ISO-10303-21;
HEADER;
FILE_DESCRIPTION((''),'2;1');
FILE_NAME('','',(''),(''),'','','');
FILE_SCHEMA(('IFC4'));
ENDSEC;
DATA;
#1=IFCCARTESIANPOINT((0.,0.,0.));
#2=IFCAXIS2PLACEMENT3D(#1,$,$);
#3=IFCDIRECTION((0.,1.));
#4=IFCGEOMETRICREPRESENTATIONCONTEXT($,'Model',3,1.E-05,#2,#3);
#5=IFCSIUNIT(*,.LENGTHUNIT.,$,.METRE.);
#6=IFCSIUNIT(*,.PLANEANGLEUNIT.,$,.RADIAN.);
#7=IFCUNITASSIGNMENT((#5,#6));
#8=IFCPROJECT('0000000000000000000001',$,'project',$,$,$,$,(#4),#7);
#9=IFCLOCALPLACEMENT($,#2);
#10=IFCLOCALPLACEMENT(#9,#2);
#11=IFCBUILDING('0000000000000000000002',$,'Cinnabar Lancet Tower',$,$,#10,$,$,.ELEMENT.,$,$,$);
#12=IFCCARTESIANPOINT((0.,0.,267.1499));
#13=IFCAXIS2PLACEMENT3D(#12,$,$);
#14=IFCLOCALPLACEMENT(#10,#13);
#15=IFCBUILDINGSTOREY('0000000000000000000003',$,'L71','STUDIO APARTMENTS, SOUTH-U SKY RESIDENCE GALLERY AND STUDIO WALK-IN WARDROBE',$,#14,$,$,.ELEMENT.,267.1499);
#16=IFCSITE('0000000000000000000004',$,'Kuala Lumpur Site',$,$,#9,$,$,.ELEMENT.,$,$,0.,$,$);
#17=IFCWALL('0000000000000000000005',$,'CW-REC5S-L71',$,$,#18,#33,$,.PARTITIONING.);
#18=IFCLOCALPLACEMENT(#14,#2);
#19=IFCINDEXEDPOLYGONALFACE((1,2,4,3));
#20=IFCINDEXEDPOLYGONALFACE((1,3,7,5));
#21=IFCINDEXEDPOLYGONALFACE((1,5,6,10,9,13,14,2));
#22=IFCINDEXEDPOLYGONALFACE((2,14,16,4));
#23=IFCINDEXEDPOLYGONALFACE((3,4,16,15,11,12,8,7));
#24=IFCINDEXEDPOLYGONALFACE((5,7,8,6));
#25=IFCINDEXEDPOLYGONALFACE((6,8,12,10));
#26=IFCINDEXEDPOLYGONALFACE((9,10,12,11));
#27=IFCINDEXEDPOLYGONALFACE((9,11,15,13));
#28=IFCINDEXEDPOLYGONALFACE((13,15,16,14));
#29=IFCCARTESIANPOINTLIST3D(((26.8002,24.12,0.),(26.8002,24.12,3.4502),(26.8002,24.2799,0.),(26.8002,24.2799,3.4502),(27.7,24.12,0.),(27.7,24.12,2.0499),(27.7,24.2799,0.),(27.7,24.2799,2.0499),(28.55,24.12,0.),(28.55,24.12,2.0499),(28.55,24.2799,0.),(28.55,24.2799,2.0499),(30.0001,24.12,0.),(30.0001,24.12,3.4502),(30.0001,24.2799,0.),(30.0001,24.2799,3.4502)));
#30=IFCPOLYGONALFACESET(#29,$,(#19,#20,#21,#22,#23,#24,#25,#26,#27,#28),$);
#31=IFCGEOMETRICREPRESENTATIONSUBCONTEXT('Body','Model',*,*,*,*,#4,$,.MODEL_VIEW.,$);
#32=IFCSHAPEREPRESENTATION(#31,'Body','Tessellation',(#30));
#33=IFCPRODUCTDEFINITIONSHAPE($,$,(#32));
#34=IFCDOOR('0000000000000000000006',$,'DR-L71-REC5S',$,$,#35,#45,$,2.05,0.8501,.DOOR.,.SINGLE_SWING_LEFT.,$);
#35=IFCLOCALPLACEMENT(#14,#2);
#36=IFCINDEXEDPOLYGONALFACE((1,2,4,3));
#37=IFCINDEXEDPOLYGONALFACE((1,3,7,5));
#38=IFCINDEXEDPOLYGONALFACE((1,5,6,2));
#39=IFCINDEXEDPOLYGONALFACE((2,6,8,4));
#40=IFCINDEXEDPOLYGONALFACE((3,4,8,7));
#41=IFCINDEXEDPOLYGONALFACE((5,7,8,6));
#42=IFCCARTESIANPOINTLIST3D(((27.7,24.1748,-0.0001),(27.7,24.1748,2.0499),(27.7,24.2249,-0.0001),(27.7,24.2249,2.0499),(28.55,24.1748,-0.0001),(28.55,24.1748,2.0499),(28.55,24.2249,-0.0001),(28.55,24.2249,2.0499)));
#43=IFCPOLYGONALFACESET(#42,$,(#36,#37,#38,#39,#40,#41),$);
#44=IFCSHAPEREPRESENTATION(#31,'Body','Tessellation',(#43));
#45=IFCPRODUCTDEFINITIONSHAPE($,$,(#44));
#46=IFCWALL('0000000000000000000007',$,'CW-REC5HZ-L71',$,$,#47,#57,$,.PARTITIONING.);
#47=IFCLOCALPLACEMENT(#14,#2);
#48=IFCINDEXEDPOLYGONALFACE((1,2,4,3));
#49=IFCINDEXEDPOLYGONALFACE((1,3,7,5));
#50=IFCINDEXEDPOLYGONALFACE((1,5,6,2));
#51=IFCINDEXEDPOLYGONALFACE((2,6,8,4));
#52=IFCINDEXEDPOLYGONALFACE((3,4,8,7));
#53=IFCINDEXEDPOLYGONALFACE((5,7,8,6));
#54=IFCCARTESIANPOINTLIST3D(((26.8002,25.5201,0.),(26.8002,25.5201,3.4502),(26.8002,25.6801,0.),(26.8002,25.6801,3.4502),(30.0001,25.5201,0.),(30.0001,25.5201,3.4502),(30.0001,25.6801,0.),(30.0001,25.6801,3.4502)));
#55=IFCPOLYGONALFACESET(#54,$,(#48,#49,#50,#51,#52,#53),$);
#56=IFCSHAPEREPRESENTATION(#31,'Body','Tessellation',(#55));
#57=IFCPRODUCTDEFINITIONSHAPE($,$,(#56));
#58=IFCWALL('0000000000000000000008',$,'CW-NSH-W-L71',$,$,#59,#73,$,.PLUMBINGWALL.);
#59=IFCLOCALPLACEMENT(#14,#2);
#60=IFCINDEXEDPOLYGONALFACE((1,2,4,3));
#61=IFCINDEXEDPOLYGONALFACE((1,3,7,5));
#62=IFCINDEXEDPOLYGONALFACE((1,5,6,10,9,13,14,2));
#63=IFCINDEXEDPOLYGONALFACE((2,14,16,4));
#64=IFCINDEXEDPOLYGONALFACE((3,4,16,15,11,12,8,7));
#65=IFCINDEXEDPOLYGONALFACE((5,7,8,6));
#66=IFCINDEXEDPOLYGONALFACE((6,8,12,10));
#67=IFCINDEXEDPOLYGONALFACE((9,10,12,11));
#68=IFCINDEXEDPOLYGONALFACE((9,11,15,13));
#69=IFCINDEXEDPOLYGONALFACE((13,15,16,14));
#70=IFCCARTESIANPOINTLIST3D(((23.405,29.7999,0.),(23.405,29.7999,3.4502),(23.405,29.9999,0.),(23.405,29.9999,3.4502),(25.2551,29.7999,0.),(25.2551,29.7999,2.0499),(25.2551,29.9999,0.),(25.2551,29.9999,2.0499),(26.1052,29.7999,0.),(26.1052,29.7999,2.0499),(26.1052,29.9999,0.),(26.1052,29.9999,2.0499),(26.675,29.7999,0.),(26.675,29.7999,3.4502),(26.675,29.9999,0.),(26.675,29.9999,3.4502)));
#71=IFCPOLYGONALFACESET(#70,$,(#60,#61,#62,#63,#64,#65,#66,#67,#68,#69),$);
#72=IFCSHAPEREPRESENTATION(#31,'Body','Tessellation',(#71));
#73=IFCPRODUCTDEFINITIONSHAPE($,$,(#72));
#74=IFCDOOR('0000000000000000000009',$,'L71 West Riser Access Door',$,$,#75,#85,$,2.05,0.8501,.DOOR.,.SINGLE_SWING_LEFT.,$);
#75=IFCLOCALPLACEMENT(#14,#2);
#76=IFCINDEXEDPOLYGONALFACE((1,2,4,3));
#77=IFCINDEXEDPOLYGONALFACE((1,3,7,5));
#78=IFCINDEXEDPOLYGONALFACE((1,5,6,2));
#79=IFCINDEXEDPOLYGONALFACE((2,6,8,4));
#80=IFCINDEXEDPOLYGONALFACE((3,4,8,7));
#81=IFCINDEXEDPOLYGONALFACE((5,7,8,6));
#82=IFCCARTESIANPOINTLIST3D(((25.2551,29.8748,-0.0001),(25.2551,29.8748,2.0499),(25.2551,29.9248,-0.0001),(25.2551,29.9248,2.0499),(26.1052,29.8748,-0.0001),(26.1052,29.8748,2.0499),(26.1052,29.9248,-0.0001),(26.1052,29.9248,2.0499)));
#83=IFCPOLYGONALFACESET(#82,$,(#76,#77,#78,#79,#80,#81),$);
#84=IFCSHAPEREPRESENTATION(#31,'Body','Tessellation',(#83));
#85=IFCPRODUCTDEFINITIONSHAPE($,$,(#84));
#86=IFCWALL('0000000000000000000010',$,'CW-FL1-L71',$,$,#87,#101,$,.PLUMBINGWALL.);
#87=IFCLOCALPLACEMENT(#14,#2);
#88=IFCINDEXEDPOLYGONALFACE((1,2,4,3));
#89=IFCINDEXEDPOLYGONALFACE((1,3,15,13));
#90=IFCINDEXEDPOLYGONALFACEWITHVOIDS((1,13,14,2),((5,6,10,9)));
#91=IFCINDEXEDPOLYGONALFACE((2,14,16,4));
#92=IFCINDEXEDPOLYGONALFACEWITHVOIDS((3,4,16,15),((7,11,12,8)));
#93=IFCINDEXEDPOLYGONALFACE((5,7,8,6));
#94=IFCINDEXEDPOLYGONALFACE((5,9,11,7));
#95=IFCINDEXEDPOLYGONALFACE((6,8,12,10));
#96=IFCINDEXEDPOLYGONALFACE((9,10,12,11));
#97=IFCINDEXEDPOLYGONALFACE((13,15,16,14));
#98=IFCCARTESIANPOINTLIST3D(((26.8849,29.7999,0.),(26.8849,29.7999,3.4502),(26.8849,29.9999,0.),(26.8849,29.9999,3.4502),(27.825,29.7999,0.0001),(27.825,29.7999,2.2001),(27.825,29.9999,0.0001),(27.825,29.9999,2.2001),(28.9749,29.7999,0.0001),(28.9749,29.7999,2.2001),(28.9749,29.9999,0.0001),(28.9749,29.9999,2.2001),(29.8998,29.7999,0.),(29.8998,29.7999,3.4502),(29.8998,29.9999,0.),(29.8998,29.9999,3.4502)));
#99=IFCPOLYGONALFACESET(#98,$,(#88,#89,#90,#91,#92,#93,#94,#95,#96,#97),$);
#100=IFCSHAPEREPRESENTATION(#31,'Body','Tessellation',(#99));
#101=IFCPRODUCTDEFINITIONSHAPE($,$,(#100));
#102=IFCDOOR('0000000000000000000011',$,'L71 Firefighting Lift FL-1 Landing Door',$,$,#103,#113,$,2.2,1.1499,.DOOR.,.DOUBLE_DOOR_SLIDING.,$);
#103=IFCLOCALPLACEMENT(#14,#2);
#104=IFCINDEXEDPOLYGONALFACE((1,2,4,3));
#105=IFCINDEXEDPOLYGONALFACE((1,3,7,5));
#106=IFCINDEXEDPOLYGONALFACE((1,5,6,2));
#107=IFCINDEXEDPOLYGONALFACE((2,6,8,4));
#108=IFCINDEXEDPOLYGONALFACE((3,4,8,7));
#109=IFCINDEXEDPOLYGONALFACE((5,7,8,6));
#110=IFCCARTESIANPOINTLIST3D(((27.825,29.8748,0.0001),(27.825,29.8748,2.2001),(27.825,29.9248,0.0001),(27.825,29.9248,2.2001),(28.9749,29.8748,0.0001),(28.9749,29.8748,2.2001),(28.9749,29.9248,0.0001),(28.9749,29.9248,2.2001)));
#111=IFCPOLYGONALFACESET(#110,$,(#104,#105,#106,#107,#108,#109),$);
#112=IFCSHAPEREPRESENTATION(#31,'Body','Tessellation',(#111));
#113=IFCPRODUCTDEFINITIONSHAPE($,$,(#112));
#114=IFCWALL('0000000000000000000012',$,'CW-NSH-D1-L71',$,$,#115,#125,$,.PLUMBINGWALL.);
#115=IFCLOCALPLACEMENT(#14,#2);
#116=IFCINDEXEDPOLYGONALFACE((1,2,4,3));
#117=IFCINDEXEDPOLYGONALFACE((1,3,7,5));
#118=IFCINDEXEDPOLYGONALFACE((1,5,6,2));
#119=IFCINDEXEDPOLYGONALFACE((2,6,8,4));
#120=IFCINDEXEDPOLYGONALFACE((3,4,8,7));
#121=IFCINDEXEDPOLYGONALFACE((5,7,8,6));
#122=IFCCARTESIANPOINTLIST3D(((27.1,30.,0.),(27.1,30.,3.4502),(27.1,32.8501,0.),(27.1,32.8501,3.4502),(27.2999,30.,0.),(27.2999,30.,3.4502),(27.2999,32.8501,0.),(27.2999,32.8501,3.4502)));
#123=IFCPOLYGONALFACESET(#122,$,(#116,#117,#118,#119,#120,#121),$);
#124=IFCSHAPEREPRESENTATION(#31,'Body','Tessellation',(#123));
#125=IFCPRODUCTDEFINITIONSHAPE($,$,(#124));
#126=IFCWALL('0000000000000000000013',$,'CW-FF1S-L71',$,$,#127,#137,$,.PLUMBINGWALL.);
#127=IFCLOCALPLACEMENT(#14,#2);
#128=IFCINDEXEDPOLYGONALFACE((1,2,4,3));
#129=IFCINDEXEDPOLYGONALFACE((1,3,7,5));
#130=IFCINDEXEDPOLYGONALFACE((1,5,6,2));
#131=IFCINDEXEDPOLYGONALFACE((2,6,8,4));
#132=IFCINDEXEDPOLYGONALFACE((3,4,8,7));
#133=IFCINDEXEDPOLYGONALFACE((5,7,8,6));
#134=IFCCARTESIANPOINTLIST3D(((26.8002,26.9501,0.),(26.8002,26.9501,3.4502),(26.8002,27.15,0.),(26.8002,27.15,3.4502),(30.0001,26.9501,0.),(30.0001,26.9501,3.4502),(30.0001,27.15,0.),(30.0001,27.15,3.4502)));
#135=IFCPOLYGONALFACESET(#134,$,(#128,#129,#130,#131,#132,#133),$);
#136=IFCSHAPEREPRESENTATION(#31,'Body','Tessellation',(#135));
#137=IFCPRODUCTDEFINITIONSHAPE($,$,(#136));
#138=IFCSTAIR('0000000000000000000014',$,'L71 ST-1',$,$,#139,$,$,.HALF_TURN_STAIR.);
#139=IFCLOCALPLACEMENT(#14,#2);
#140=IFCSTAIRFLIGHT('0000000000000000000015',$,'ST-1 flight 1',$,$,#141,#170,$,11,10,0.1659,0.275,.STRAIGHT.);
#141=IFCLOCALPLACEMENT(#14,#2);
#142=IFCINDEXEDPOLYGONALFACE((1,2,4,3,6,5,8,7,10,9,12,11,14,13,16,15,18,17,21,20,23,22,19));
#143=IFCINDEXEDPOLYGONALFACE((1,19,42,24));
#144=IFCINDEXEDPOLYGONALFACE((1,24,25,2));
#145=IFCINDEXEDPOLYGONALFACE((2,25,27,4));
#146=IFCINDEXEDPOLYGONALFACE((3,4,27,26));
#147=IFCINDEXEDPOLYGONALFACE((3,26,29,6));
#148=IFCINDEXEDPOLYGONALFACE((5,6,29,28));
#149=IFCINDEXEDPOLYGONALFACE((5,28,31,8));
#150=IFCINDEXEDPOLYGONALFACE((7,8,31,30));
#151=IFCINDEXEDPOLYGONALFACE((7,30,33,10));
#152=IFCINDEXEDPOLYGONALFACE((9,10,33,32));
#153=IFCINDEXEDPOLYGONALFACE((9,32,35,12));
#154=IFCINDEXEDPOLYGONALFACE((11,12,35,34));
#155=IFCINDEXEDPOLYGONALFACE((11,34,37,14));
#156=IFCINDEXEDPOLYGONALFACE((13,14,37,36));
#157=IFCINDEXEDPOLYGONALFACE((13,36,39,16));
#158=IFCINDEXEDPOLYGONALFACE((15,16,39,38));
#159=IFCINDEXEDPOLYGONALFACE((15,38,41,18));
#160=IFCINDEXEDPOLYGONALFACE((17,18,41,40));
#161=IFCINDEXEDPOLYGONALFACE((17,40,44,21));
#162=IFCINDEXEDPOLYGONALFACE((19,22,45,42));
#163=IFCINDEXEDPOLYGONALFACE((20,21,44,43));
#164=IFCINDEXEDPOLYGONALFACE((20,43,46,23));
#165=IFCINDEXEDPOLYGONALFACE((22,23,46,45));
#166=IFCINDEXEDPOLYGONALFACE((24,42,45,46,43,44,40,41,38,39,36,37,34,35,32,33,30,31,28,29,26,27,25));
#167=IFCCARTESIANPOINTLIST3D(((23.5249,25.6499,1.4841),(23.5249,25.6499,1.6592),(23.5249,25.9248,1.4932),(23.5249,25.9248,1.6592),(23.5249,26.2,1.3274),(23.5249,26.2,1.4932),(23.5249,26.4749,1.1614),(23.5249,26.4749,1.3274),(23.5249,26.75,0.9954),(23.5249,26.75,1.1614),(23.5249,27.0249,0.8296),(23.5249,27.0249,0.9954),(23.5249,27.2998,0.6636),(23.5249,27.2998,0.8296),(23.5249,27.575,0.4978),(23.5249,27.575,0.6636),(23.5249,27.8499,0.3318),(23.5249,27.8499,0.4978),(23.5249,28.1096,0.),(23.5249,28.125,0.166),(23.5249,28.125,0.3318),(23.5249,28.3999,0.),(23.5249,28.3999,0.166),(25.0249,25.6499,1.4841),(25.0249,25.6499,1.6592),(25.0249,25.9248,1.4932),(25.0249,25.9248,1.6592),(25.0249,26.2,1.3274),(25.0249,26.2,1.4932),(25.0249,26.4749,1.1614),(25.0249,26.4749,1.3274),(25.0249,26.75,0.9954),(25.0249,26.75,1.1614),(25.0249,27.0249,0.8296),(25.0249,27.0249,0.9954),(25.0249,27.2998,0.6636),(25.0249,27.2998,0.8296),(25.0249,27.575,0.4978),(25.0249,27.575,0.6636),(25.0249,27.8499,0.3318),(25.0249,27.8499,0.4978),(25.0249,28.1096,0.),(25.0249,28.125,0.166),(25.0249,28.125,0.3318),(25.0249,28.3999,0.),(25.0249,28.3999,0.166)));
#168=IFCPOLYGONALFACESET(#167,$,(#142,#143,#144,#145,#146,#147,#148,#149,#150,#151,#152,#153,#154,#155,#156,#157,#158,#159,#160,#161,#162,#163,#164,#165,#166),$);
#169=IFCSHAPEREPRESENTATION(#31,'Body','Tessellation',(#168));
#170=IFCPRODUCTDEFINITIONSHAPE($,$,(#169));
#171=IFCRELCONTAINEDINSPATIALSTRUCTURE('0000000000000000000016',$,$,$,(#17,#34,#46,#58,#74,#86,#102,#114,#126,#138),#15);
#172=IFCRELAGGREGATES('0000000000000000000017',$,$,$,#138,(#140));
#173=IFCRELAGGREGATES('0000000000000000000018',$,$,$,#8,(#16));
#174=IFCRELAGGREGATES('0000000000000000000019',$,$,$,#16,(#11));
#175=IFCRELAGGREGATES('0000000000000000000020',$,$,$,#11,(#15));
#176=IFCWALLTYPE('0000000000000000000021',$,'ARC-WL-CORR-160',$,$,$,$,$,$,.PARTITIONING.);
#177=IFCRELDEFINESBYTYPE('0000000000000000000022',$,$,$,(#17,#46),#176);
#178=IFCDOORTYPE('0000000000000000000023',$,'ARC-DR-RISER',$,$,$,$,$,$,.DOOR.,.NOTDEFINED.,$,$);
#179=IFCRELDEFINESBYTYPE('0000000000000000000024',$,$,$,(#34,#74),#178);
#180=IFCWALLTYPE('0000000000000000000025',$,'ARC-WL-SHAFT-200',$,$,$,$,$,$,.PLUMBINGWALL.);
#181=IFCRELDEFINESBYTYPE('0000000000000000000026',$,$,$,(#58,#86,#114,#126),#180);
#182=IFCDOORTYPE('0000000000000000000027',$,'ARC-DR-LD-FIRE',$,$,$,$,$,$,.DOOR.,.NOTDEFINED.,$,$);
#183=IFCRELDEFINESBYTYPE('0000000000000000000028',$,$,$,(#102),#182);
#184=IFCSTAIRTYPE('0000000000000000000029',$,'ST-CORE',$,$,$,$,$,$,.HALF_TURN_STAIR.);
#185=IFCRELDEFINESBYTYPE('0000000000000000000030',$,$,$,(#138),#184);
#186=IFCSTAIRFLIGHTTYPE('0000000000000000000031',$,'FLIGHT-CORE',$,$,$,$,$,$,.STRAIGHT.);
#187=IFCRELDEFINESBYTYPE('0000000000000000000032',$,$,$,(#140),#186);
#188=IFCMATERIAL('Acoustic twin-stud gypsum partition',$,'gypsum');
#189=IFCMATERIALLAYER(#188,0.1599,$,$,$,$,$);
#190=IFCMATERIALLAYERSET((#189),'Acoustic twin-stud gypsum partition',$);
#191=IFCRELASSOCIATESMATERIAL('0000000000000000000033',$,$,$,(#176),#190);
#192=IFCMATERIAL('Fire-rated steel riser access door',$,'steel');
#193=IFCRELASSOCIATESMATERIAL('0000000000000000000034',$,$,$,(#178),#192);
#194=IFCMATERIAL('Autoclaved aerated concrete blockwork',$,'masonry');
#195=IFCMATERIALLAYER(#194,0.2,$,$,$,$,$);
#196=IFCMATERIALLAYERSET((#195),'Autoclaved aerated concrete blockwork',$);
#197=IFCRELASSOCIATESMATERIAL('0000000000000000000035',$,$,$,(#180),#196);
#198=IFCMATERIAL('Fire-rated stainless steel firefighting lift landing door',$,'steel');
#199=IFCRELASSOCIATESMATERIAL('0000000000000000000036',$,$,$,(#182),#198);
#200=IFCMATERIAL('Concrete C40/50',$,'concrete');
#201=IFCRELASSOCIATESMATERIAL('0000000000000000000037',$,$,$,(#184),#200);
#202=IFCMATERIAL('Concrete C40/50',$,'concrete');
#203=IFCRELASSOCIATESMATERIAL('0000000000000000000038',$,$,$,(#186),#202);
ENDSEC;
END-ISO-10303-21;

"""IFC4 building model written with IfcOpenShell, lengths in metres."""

from ifc_helpers import new_model, si_unit, direction, frame, frame_2d, origin, place, context, subcontext, project, spatial, polyline, rectangle, outline, extrude, material, layer, layer_set, type_object, element, fill, aggregate, save


model = new_model("IFC4")

# Units and contexts
model_context = context("Model", 3, precision=1e-05, world=origin(), true_north=direction((0.0, 1.0)))
body_context = subcontext(model_context, "Body", "Model", "MODEL_VIEW")
ifc_project = project(units=[si_unit("LENGTHUNIT", "METRE"), si_unit("PLANEANGLEUNIT", "RADIAN")], contexts=[model_context])

# Site, building, storey
site_placement = place(None, origin())
site = spatial("IfcSite", under=ifc_project, at=site_placement, Name="Kuala Lumpur Site", CompositionType="ELEMENT", RefElevation=0.0)
building_placement = place(site_placement, origin())
building = spatial("IfcBuilding", under=site, at=building_placement, Name="Cinnabar Lancet Tower", CompositionType="ELEMENT")
storey_placement = place(building_placement, frame((0.0, 0.0, 267.1499)))
storey = spatial("IfcBuildingStorey", under=building, at=storey_placement, Name="L71", Description="STUDIO APARTMENTS, SOUTH-U SKY RESIDENCE GALLERY AND STUDIO WALK-IN WARDROBE", CompositionType="ELEMENT", Elevation=267.1499)

# Wall, opening, door
ifc_material_1 = material(Name="Acoustic twin-stud gypsum partition", Category="gypsum")
ifc_layer_1 = layer(ifc_material_1, 0.1599)
ifc_layer_set_1 = layer_set([ifc_layer_1], Name="Acoustic twin-stud gypsum partition")
wall_type_1 = type_object("IfcWallType", Name="ARC-WL-CORR-160", PredefinedType="PARTITIONING", material=ifc_layer_set_1)
wall_1_placement = place(storey_placement, frame((26.8, 24.2, 0.0), z_axis=(0.0, 0.0, 1.0), x_axis=(1.0, 0.0, 0.0)))
wall_1 = element("IfcWall", 1, at=wall_1_placement, inside=storey, type_object=wall_type_1, Name="CW-REC5S-L71", PredefinedType="PARTITIONING", context=body_context, shape_type="SweptSolid", body=[
    extrude(rectangle(XDim=3.2, YDim=0.1599, at=frame_2d((1.6001, 0.0))), origin(), (0.0, 0.0, 1.0), 3.4502),
])
opening_1_placement = place(wall_1_placement, frame((0.8999, 0.0, 0.0)))
opening_1 = element("IfcOpeningElement", 2, at=opening_1_placement, cuts=wall_1, PredefinedType="OPENING", context=body_context, shape_type="SweptSolid", body=[
    extrude(rectangle(XDim=0.8501, YDim=2.05, at=frame_2d((0.425, 1.0249))), frame((0.0, 0.0898, 0.0), z_axis=(0.0, -1.0, 0.0), x_axis=(1.0, 0.0, 0.0)), (0.0, 0.0, 1.0), 0.1799),
])
ifc_material_2 = material(Name="Fire-rated steel riser access door", Category="steel")
door_type_1 = type_object("IfcDoorType", Name="ARC-DR-RISER", OperationType="NOTDEFINED", PredefinedType="DOOR", material=ifc_material_2)
door_1_placement = place(opening_1_placement, origin())
door_1 = element("IfcDoor", 3, at=door_1_placement, inside=storey, type_object=door_type_1, Name="DR-L71-REC5S", OperationType="SINGLE_SWING_LEFT", OverallHeight=2.05, OverallWidth=0.8501, PredefinedType="DOOR", context=body_context, shape_type="SweptSolid", body=[
    extrude(rectangle(XDim=0.8501, YDim=2.05, at=frame_2d((0.425, 1.0249))), frame((0.0, 0.0249, 0.0), z_axis=(0.0, -1.0, 0.0), x_axis=(1.0, 0.0, 0.0)), (0.0, 0.0, 1.0), 0.05),
])
fill(opening_1, door_1)

# Wall
wall_2_placement = place(storey_placement, frame((26.8, 25.6001, 0.0), z_axis=(0.0, 0.0, 1.0), x_axis=(1.0, 0.0, 0.0)))
element("IfcWall", 4, at=wall_2_placement, inside=storey, type_object=wall_type_1, Name="CW-REC5HZ-L71", PredefinedType="PARTITIONING", context=body_context, shape_type="SweptSolid", body=[
    extrude(rectangle(XDim=3.2, YDim=0.1599, at=frame_2d((1.6001, 0.0))), origin(), (0.0, 0.0, 1.0), 3.4502),
])

# Walls, openings, doors
ifc_material_3 = material(Name="Autoclaved aerated concrete blockwork", Category="masonry")
ifc_layer_2 = layer(ifc_material_3, 0.2)
ifc_layer_set_2 = layer_set([ifc_layer_2], Name="Autoclaved aerated concrete blockwork")
wall_type_2 = type_object("IfcWallType", Name="ARC-WL-SHAFT-200", PredefinedType="PLUMBINGWALL", material=ifc_layer_set_2)
wall_3_placement = place(storey_placement, frame((23.405, 29.8999, 0.0), z_axis=(0.0, 0.0, 1.0), x_axis=(1.0, 0.0, 0.0)))
wall_3 = element("IfcWall", 5, at=wall_3_placement, inside=storey, type_object=wall_type_2, Name="CW-NSH-W-L71", PredefinedType="PLUMBINGWALL", context=body_context, shape_type="SweptSolid", body=[
    extrude(rectangle(XDim=3.27, YDim=0.2, at=frame_2d((1.635, 0.0))), origin(), (0.0, 0.0, 1.0), 3.4502),
])
opening_2_placement = place(wall_3_placement, frame((1.8501, 0.0, 0.0)))
opening_2 = element("IfcOpeningElement", 6, at=opening_2_placement, cuts=wall_3, PredefinedType="OPENING", context=body_context, shape_type="SweptSolid", body=[
    extrude(rectangle(XDim=0.8501, YDim=2.05, at=frame_2d((0.425, 1.0249))), frame((0.0, 0.1099, 0.0), z_axis=(0.0, -1.0, 0.0), x_axis=(1.0, 0.0, 0.0)), (0.0, 0.0, 1.0), 0.22),
])
door_2_placement = place(opening_2_placement, origin())
door_2 = element("IfcDoor", 7, at=door_2_placement, inside=storey, type_object=door_type_1, Name="L71 West Riser Access Door", OperationType="SINGLE_SWING_LEFT", OverallHeight=2.05, OverallWidth=0.8501, PredefinedType="DOOR", context=body_context, shape_type="SweptSolid", body=[
    extrude(rectangle(XDim=0.8501, YDim=2.05, at=frame_2d((0.425, 1.0249))), frame((0.0, 0.0249, 0.0), z_axis=(0.0, -1.0, 0.0), x_axis=(1.0, 0.0, 0.0)), (0.0, 0.0, 1.0), 0.05),
])
fill(opening_2, door_2)
wall_4_placement = place(storey_placement, frame((26.885, 29.8999, 0.0), z_axis=(0.0, 0.0, 1.0), x_axis=(1.0, 0.0, 0.0)))
wall_4 = element("IfcWall", 8, at=wall_4_placement, inside=storey, type_object=wall_type_2, Name="CW-FL1-L71", PredefinedType="PLUMBINGWALL", context=body_context, shape_type="SweptSolid", body=[
    extrude(rectangle(XDim=3.0149, YDim=0.2, at=frame_2d((1.5073, 0.0))), origin(), (0.0, 0.0, 1.0), 3.4502),
])
opening_3_placement = place(wall_4_placement, frame((0.9399, 0.0, 0.0)))
opening_3 = element("IfcOpeningElement", 9, at=opening_3_placement, cuts=wall_4, PredefinedType="OPENING", context=body_context, shape_type="SweptSolid", body=[
    extrude(rectangle(XDim=1.1499, YDim=2.2, at=frame_2d((0.575, 1.1001))), frame((0.0, 0.1099, 0.0), z_axis=(0.0, -1.0, 0.0), x_axis=(1.0, 0.0, 0.0)), (0.0, 0.0, 1.0), 0.22),
])
ifc_material_4 = material(Name="Fire-rated stainless steel firefighting lift landing door", Category="steel")
door_type_2 = type_object("IfcDoorType", Name="ARC-DR-LD-FIRE", OperationType="NOTDEFINED", PredefinedType="DOOR", material=ifc_material_4)
door_3_placement = place(opening_3_placement, origin())
door_3 = element("IfcDoor", 10, at=door_3_placement, inside=storey, type_object=door_type_2, Name="L71 Firefighting Lift FL-1 Landing Door", OperationType="DOUBLE_DOOR_SLIDING", OverallHeight=2.2, OverallWidth=1.1499, PredefinedType="DOOR", context=body_context, shape_type="SweptSolid", body=[
    extrude(rectangle(XDim=1.1499, YDim=2.2, at=frame_2d((0.575, 1.1001))), frame((0.0, 0.0249, 0.0), z_axis=(0.0, -1.0, 0.0), x_axis=(1.0, 0.0, 0.0)), (0.0, 0.0, 1.0), 0.05),
])
fill(opening_3, door_3)

# Walls
wall_5_placement = place(storey_placement, frame((27.2, 30.0, 0.0), z_axis=(0.0, 0.0, 1.0), x_axis=(0.0, 1.0, 0.0)))
element("IfcWall", 11, at=wall_5_placement, inside=storey, type_object=wall_type_2, Name="CW-NSH-D1-L71", PredefinedType="PLUMBINGWALL", context=body_context, shape_type="SweptSolid", body=[
    extrude(rectangle(XDim=2.8501, YDim=0.2, at=frame_2d((1.425, 0.0))), origin(), (0.0, 0.0, 1.0), 3.4502),
])
wall_6_placement = place(storey_placement, frame((26.8, 27.05, 0.0), z_axis=(0.0, 0.0, 1.0), x_axis=(1.0, 0.0, 0.0)))
element("IfcWall", 12, at=wall_6_placement, inside=storey, type_object=wall_type_2, Name="CW-FF1S-L71", PredefinedType="PLUMBINGWALL", context=body_context, shape_type="SweptSolid", body=[
    extrude(rectangle(XDim=3.2, YDim=0.2, at=frame_2d((1.6001, 0.0))), origin(), (0.0, 0.0, 1.0), 3.4502),
])

# Stair, stair flight
ifc_material_5 = material(Name="Concrete C40/50", Category="concrete")
stair_type = type_object("IfcStairType", Name="ST-CORE", PredefinedType="HALF_TURN_STAIR", material=ifc_material_5)
stair_placement = place(storey_placement, origin())
stair = element("IfcStair", 13, at=stair_placement, inside=storey, type_object=stair_type, Name="L71 ST-1", PredefinedType="HALF_TURN_STAIR")
ifc_material_6 = material(Name="Concrete C40/50", Category="concrete")
stair_flight_type = type_object("IfcStairFlightType", Name="FLIGHT-CORE", PredefinedType="STRAIGHT", material=ifc_material_6)
stair_flight_1_placement = place(storey_placement, frame((24.2749, 28.3999, 0.0), z_axis=(0.0, 0.0, 1.0), x_axis=(0.0, -1.0, 0.0)))
stair_flight_1 = element("IfcStairFlight", 14, at=stair_flight_1_placement, type_object=stair_flight_type, Name="ST-1 flight 1", NumberOfRisers=11, NumberOfTreads=10, PredefinedType="STRAIGHT", RiserHeight=0.1659, TreadLength=0.275, context=body_context, shape_type="SweptSolid", body=[
    extrude(outline(polyline([(0.0, 0.0), (0.0, 0.166), (0.2749, 0.166), (0.2749, 0.3318), (0.55, 0.3318), (0.55, 0.4978), (0.825, 0.4978), (0.825, 0.6636), (1.1001, 0.6636), (1.1001, 0.8296), (1.375, 0.8296), (1.375, 0.9954), (1.6499, 0.9954), (1.6499, 1.1614), (1.925, 1.1614), (1.925, 1.3274), (2.2, 1.3274), (2.2, 1.4932), (2.4751, 1.4932), (2.4751, 1.6592), (2.75, 1.6592), (2.75, 1.825), (2.75, 1.4841), (0.2903, 0.0), (0.0, 0.0)])), frame((0.0, 0.75, 0.0), z_axis=(0.0, -1.0, 0.0), x_axis=(1.0, 0.0, 0.0)), (0.0, 0.0, 1.0), 1.5),
])
aggregate(stair, [stair_flight_1])

save(model, "model.ifc")
